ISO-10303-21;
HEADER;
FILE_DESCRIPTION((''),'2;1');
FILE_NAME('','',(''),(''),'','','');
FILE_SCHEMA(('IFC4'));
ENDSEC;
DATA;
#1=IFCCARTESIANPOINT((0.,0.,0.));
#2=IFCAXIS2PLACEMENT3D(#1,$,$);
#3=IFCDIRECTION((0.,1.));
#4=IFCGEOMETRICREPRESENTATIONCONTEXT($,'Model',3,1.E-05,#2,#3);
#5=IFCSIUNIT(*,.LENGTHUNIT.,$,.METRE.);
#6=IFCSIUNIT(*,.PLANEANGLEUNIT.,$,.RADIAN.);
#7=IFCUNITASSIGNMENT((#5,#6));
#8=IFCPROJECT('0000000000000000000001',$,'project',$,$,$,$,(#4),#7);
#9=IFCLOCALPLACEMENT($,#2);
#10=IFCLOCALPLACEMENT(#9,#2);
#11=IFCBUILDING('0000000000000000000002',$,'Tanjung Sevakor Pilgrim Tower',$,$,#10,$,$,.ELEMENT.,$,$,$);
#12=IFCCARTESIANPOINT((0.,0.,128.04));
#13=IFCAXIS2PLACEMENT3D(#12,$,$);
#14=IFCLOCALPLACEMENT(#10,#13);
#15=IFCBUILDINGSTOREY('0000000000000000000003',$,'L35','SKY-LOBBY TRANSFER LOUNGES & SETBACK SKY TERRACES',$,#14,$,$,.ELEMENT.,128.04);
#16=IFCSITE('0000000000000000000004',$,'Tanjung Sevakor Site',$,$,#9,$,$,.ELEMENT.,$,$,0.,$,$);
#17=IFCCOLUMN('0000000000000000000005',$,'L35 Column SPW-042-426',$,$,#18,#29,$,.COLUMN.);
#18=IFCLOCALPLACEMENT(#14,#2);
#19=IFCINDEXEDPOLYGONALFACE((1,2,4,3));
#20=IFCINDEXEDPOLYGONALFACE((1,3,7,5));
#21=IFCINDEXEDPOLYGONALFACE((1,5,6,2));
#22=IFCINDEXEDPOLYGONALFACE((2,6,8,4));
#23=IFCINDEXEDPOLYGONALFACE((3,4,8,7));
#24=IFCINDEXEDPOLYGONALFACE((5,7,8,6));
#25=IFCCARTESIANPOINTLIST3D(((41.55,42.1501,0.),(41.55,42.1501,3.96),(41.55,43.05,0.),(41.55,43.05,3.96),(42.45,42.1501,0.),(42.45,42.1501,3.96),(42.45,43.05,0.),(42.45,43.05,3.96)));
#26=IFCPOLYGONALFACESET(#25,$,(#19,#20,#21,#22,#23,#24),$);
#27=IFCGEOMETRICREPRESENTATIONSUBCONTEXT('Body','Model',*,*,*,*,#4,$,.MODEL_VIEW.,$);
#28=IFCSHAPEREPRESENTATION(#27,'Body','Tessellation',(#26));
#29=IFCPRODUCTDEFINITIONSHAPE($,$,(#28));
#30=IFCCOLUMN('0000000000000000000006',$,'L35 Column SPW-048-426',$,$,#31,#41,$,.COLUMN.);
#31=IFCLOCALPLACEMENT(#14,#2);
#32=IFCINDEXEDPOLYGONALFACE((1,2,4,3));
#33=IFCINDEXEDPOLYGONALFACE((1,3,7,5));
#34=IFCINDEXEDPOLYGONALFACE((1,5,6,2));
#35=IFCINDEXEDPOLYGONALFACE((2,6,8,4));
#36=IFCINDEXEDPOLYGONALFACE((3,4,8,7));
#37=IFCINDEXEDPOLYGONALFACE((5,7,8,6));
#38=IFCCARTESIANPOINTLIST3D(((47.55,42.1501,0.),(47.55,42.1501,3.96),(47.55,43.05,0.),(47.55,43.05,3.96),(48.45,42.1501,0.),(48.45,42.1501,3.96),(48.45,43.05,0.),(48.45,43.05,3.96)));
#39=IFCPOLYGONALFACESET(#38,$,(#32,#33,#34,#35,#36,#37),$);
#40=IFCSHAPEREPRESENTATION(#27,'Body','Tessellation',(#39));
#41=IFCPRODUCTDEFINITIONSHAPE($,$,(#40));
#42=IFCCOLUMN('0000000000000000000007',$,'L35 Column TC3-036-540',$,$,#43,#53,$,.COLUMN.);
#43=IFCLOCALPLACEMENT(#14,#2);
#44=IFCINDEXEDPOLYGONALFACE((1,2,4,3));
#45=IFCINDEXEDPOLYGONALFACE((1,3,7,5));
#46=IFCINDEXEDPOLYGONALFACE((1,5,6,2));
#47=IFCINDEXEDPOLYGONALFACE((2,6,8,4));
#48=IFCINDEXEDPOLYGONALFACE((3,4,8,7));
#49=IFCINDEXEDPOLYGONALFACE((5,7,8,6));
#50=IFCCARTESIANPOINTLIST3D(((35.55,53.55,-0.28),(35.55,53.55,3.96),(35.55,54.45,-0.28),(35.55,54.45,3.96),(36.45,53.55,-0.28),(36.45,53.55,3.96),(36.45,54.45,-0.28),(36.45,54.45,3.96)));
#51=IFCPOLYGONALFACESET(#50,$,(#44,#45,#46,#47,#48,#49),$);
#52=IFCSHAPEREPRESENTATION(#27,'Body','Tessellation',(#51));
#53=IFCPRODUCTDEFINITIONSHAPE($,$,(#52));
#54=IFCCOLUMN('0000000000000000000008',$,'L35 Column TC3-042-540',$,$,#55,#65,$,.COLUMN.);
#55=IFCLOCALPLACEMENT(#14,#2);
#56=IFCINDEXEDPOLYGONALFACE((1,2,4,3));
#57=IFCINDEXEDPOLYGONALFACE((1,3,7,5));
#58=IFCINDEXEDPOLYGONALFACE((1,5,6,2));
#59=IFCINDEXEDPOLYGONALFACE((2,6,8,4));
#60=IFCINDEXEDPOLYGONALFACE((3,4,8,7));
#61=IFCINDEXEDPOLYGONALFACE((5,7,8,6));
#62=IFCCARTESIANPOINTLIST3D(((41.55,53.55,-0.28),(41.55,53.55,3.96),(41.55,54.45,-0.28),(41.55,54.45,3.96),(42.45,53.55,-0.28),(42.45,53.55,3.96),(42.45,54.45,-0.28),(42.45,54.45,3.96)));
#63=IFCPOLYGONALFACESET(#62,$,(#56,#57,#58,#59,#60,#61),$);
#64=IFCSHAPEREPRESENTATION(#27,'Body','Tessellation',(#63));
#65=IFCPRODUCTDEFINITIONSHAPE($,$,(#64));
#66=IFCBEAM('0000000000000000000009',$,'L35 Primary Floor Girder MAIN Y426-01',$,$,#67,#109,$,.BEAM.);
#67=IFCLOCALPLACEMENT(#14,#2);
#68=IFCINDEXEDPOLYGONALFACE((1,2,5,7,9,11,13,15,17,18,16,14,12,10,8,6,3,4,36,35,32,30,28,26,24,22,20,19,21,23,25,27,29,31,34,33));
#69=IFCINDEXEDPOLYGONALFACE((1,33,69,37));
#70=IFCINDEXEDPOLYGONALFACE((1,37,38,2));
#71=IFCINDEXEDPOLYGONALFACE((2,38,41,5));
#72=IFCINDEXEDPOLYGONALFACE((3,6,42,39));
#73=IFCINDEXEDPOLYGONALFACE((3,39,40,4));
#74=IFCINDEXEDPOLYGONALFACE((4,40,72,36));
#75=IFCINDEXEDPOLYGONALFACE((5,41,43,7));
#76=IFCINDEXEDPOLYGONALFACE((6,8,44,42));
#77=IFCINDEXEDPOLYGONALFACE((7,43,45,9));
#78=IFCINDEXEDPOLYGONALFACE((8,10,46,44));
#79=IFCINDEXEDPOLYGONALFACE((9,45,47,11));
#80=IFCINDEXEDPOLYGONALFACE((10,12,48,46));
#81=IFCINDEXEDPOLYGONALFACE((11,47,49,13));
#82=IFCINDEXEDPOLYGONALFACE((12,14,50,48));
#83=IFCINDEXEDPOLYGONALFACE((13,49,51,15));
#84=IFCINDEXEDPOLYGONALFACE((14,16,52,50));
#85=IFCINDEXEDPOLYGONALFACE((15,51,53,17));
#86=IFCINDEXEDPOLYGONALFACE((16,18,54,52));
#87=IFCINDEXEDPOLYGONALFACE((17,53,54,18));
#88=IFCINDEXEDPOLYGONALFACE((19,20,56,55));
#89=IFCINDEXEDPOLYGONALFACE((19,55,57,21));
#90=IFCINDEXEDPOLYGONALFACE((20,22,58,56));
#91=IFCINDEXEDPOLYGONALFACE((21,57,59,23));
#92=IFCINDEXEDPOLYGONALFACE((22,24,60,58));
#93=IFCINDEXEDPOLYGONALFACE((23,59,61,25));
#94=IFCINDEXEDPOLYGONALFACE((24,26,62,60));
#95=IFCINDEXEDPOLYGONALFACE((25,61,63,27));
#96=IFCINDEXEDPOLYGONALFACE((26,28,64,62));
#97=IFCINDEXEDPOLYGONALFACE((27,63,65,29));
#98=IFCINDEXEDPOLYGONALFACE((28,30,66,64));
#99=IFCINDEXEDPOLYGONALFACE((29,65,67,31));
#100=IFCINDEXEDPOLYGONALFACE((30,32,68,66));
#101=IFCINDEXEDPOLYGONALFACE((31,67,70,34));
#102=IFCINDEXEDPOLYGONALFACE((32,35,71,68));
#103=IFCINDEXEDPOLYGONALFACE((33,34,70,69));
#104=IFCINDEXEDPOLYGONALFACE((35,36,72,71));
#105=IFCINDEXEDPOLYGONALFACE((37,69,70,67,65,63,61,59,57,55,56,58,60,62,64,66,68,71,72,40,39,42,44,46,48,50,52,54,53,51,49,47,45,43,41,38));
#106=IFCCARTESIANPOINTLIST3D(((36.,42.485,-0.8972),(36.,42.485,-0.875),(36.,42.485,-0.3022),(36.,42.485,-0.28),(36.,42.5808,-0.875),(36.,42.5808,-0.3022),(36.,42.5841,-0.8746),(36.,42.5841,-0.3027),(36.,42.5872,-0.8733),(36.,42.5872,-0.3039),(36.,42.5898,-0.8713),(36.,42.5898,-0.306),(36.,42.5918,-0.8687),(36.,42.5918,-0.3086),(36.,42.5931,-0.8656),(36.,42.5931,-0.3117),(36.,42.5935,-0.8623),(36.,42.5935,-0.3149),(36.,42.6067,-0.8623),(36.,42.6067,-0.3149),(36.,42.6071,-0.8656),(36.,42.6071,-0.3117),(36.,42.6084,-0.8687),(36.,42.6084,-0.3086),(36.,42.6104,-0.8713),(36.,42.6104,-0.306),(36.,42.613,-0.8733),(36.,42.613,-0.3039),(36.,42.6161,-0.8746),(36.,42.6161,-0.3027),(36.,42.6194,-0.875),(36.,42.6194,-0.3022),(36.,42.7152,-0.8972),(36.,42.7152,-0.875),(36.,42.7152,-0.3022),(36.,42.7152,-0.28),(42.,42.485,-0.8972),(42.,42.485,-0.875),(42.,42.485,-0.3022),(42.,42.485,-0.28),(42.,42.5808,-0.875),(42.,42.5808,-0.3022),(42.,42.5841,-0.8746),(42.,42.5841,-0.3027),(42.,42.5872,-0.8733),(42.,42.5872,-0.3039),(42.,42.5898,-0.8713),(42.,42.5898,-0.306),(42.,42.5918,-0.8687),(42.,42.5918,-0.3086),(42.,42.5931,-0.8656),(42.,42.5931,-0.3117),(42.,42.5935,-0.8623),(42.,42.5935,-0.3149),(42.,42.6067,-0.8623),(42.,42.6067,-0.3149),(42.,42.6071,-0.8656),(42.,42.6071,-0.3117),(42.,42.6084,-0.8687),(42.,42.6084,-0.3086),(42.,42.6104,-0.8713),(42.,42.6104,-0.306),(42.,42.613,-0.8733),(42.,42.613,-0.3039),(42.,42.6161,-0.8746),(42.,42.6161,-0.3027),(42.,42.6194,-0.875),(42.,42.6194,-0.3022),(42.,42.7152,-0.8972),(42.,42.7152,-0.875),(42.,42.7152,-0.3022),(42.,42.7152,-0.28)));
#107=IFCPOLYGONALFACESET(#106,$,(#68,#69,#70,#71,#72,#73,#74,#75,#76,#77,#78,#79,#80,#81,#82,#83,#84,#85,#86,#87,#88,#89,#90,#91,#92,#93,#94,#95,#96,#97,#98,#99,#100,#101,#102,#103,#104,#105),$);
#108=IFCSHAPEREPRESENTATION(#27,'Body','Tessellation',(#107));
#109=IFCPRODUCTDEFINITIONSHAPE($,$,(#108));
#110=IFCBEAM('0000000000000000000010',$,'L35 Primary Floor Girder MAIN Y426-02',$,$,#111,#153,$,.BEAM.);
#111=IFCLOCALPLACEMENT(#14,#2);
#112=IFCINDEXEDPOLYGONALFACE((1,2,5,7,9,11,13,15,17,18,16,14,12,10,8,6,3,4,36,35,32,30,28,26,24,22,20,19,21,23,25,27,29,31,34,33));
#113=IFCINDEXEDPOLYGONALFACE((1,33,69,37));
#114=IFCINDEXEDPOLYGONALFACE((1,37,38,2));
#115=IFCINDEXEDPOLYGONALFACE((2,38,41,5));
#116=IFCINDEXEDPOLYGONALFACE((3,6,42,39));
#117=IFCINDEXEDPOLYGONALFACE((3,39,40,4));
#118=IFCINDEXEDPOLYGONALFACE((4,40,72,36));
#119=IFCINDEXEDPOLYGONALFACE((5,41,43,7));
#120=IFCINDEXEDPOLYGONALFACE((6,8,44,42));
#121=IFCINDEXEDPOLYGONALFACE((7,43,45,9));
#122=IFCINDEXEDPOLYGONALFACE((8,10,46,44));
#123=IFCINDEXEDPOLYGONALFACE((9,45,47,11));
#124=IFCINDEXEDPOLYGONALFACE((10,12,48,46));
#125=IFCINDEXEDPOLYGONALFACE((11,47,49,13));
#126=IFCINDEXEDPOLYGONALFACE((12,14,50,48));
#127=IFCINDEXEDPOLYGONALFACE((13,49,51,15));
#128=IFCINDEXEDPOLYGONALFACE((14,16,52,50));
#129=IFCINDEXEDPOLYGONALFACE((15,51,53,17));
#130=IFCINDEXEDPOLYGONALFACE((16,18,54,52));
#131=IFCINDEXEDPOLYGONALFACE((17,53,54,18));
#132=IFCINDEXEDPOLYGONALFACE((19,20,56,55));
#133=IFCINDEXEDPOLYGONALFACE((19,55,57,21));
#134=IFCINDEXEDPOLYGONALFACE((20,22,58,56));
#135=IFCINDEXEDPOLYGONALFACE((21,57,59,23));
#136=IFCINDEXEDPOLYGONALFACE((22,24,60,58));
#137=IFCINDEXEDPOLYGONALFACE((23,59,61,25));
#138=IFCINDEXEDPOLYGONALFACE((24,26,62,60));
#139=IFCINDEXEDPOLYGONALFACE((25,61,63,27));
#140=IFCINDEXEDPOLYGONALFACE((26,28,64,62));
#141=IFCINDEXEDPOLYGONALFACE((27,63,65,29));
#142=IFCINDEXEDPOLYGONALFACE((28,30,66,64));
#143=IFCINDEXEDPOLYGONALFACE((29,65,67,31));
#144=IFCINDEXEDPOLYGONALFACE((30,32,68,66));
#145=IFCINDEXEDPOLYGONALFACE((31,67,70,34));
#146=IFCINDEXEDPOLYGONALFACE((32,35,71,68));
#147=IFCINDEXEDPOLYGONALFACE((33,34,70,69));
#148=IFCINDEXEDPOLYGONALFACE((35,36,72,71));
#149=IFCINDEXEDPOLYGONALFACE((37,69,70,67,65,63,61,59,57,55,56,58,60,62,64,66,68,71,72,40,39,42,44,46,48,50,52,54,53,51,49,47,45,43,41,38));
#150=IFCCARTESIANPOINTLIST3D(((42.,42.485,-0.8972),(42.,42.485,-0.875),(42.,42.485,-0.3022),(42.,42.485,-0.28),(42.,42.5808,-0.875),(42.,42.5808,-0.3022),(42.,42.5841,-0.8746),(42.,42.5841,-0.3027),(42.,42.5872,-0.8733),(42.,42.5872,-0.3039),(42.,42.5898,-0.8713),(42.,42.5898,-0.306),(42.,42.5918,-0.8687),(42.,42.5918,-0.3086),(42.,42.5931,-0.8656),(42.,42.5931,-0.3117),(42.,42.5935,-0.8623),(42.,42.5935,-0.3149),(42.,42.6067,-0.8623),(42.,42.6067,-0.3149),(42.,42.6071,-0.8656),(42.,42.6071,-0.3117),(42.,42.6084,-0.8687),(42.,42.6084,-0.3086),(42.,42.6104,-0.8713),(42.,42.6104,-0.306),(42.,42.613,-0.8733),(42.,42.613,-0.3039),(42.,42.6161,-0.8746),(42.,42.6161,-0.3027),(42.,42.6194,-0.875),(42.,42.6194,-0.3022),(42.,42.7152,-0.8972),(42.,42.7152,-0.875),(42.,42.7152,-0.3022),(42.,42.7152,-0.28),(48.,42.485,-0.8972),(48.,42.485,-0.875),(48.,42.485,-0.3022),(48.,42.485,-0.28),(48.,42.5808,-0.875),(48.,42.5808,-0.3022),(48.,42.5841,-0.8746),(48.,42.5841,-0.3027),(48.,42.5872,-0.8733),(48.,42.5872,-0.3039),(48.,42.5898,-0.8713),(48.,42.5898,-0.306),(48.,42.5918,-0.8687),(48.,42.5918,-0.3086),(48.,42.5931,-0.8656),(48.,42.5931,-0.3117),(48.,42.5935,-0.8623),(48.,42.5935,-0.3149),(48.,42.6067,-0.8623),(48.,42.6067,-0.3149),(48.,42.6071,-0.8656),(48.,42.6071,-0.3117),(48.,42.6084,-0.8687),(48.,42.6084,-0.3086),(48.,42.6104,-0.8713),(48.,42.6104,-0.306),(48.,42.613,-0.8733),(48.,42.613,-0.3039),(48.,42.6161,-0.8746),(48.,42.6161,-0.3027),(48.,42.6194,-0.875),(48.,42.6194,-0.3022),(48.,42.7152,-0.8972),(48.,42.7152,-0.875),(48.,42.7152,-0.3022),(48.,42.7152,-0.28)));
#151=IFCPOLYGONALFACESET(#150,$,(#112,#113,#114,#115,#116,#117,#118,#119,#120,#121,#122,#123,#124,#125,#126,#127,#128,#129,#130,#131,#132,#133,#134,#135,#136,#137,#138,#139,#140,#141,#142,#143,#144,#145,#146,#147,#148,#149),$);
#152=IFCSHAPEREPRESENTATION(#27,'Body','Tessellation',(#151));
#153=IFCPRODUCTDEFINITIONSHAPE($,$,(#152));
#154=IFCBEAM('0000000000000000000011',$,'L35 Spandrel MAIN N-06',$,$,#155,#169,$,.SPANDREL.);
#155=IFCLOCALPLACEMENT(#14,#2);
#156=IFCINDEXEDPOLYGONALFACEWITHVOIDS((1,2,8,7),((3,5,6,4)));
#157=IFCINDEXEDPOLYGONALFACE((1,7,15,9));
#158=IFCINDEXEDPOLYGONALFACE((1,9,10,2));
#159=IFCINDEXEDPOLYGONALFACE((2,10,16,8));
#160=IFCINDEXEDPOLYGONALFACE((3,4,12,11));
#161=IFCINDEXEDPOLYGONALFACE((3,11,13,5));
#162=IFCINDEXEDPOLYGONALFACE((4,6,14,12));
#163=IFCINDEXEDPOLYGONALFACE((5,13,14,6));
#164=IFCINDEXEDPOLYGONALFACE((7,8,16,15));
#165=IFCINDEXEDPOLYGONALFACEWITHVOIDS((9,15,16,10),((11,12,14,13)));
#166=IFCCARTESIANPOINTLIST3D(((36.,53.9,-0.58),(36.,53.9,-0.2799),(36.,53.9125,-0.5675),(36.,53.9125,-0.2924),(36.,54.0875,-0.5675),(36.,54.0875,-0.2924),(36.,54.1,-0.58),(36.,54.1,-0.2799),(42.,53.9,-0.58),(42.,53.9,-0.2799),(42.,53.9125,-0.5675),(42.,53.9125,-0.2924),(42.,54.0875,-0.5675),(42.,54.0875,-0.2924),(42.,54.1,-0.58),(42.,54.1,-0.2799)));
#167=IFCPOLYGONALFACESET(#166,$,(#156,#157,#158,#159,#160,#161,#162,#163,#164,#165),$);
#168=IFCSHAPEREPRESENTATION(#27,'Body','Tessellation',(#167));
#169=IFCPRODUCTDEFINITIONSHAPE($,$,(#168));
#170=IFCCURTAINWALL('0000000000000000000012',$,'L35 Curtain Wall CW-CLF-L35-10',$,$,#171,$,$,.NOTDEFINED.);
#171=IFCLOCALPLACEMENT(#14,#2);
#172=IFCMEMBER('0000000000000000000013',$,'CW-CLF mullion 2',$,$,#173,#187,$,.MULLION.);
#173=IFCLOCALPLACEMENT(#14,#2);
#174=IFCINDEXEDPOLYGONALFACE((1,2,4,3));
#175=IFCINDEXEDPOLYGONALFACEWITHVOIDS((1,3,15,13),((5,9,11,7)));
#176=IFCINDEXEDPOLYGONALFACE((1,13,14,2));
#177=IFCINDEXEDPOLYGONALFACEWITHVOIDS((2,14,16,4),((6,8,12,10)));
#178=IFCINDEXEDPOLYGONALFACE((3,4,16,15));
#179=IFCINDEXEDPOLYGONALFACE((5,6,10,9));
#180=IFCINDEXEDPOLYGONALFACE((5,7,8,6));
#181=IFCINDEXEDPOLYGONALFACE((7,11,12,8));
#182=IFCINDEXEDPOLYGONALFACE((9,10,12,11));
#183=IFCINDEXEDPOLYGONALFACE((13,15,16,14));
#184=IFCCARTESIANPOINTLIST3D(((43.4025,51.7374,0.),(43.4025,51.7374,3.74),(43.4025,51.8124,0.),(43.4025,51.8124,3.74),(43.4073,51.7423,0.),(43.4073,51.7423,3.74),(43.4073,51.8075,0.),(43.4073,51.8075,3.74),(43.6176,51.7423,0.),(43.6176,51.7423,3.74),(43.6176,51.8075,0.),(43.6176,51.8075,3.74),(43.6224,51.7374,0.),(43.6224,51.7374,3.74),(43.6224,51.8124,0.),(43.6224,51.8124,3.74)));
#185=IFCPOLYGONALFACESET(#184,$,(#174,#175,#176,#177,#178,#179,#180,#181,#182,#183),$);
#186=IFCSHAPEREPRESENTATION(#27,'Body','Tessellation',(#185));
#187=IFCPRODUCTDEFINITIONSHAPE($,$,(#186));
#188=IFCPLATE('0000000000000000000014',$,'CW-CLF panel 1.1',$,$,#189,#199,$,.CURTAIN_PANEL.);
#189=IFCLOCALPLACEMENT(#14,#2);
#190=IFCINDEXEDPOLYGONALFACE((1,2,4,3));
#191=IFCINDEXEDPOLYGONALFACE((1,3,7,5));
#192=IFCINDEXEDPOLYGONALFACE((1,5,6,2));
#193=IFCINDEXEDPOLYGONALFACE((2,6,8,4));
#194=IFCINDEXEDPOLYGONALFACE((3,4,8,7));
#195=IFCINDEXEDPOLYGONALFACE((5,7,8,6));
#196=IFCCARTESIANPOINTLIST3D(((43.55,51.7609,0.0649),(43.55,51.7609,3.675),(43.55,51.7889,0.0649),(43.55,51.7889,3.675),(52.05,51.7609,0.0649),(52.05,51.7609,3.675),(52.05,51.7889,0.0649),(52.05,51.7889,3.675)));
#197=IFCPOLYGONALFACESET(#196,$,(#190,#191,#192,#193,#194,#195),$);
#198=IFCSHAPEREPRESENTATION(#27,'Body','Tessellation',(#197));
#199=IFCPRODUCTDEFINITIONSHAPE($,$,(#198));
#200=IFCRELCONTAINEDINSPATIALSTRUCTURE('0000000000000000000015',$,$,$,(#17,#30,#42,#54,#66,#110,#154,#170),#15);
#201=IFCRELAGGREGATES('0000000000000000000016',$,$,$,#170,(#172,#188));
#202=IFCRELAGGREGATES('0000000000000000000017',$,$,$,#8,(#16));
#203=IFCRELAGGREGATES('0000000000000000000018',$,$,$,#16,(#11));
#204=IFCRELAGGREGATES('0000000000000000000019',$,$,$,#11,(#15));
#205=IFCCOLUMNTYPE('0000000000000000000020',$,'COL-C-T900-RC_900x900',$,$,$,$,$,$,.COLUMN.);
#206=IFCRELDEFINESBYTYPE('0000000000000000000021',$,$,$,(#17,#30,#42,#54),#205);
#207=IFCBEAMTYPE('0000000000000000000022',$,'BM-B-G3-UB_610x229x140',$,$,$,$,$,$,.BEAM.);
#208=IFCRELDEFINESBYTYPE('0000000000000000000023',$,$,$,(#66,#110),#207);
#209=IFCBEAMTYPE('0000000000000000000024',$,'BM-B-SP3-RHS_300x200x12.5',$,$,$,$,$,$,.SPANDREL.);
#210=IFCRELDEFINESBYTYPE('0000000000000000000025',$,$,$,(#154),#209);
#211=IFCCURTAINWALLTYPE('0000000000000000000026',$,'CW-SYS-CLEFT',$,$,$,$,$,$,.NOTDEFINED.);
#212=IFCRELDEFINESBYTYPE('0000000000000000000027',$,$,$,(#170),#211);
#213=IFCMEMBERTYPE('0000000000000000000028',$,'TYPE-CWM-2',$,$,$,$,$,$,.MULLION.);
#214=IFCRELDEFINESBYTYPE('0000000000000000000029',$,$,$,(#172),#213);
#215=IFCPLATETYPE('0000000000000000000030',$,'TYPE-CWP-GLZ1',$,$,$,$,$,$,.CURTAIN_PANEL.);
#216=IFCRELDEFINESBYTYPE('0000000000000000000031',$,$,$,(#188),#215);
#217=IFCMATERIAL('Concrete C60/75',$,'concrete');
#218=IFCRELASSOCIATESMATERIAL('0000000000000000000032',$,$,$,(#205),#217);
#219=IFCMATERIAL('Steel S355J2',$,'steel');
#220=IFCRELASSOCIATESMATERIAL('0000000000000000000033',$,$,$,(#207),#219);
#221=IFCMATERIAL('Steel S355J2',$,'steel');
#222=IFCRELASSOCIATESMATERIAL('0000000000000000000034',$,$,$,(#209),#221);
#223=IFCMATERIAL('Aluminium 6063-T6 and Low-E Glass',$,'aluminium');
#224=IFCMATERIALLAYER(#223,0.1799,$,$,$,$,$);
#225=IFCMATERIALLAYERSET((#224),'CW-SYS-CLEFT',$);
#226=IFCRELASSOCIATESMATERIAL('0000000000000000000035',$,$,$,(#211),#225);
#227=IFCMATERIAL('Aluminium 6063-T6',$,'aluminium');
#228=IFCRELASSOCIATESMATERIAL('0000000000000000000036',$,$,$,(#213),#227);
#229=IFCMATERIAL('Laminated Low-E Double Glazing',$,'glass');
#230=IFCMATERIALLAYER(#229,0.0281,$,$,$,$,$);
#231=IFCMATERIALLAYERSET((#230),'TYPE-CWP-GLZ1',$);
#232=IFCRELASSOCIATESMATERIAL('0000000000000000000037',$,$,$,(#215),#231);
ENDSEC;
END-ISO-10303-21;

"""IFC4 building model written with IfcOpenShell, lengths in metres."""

from ifc_helpers import new_model, si_unit, direction, frame, origin, origin_2d, place, context, subcontext, project, spatial, rectangle, hollow_rectangle, i_section, extrude, material, layer, layer_set, material_profile, profile_set, type_object, element, aggregate, save


model = new_model("IFC4")

# Units and contexts
model_context = context("Model", 3, precision=1e-05, world=origin(), true_north=direction((0.0, 1.0)))
body_context = subcontext(model_context, "Body", "Model", "MODEL_VIEW")
ifc_project = project(units=[si_unit("LENGTHUNIT", "METRE"), si_unit("PLANEANGLEUNIT", "RADIAN")], contexts=[model_context])

# Site, building, storey
site_placement = place(None, origin())
site = spatial("IfcSite", under=ifc_project, at=site_placement, Name="Tanjung Sevakor Site", CompositionType="ELEMENT", RefElevation=0.0)
building_placement = place(site_placement, origin())
building = spatial("IfcBuilding", under=site, at=building_placement, Name="Tanjung Sevakor Pilgrim Tower", CompositionType="ELEMENT")
storey_placement = place(building_placement, frame((0.0, 0.0, 128.04)))
storey = spatial("IfcBuildingStorey", under=building, at=storey_placement, Name="L35", Description="SKY-LOBBY TRANSFER LOUNGES & SETBACK SKY TERRACES", CompositionType="ELEMENT", Elevation=128.04)

# Columns
ifc_material_1 = material(Name="Concrete C60/75", Category="concrete")
ifc_material_profile_1 = material_profile(ifc_material_1, rectangle(XDim=0.8999, YDim=0.8999, at=origin_2d()))
ifc_profile_set_1 = profile_set([ifc_material_profile_1], Name="Concrete C60/75")
column_type = type_object("IfcColumnType", Name="COL-C-T900-RC_900x900", PredefinedType="COLUMN", material=ifc_profile_set_1)
for number, where, z_axis, x_axis, name in (
    (1, (42.0, 42.6001, 0.0), (0.0, 0.0, 1.0), (1.0, 0.0, 0.0), "L35 Column SPW-042-426"),
    (2, (48.0, 42.6001, 0.0), (0.0, 0.0, 1.0), (1.0, 0.0, 0.0), "L35 Column SPW-048-426"),
):
    element("IfcColumn", number, at=place(storey_placement, frame(where, z_axis=z_axis, x_axis=x_axis)), inside=storey, type_object=column_type, Name=name, PredefinedType="COLUMN", context=body_context, shape_type="SweptSolid", body=[
        extrude(rectangle(XDim=0.8999, YDim=0.8999, at=origin_2d()), origin(), (0.0, 0.0, 1.0), 3.96),
    ])
for number, where, z_axis, x_axis, name in (
    (3, (36.0, 54.0, -0.28), (0.0, 0.0, 1.0), (1.0, 0.0, 0.0), "L35 Column TC3-036-540"),
    (4, (42.0, 54.0, -0.28), (0.0, 0.0, 1.0), (1.0, 0.0, 0.0), "L35 Column TC3-042-540"),
):
    element("IfcColumn", number, at=place(storey_placement, frame(where, z_axis=z_axis, x_axis=x_axis)), inside=storey, type_object=column_type, Name=name, PredefinedType="COLUMN", context=body_context, shape_type="SweptSolid", body=[
        extrude(rectangle(XDim=0.8999, YDim=0.8999, at=origin_2d()), origin(), (0.0, 0.0, 1.0), 4.24),
    ])

# Beams
ifc_material_2 = material(Name="Steel S355J2", Category="steel")
ifc_material_profile_2 = material_profile(ifc_material_2, i_section(OverallWidth=0.2302, OverallDepth=0.6172, WebThickness=0.0132, FlangeThickness=0.0222, FilletRadius=0.0127, at=origin_2d()))
ifc_profile_set_2 = profile_set([ifc_material_profile_2], Name="Steel S355J2")
beam_type_1 = type_object("IfcBeamType", Name="BM-B-G3-UB_610x229x140", PredefinedType="BEAM", material=ifc_profile_set_2)
for number, where, z_axis, x_axis, name in (
    (5, (36.0, 42.6001, -0.5886), (1.0, 0.0, 0.0), (0.0, 1.0, 0.0), "L35 Primary Floor Girder MAIN Y426-01"),
    (6, (42.0, 42.6001, -0.5886), (1.0, 0.0, 0.0), (0.0, 1.0, 0.0), "L35 Primary Floor Girder MAIN Y426-02"),
):
    element("IfcBeam", number, at=place(storey_placement, frame(where, z_axis=z_axis, x_axis=x_axis)), inside=storey, type_object=beam_type_1, Name=name, PredefinedType="BEAM", context=body_context, shape_type="SweptSolid", body=[
        extrude(i_section(OverallWidth=0.2302, OverallDepth=0.6172, WebThickness=0.0132, FlangeThickness=0.0222, FilletRadius=0.0127, at=origin_2d()), origin(), (0.0, 0.0, 1.0), 6.0),
    ])
ifc_material_3 = material(Name="Steel S355J2", Category="steel")
ifc_material_profile_3 = material_profile(ifc_material_3, hollow_rectangle(XDim=0.2, YDim=0.3, WallThickness=0.0125, at=origin_2d()))
ifc_profile_set_3 = profile_set([ifc_material_profile_3], Name="Steel S355J2")
beam_type_2 = type_object("IfcBeamType", Name="BM-B-SP3-RHS_300x200x12.5", PredefinedType="SPANDREL", material=ifc_profile_set_3)
beam_placement = place(storey_placement, frame((36.0, 54.0, -0.4299), z_axis=(1.0, 0.0, 0.0), x_axis=(0.0, 1.0, 0.0)))
element("IfcBeam", 7, at=beam_placement, inside=storey, type_object=beam_type_2, Name="L35 Spandrel MAIN N-06", PredefinedType="SPANDREL", context=body_context, shape_type="SweptSolid", body=[
    extrude(hollow_rectangle(XDim=0.2, YDim=0.3, WallThickness=0.0125, at=origin_2d()), origin(), (0.0, 0.0, 1.0), 6.0),
])

# Curtain wall, member, plate
ifc_material_4 = material(Name="Aluminium 6063-T6 and Low-E Glass", Category="aluminium")
ifc_layer_1 = layer(ifc_material_4, 0.1799)
ifc_layer_set_1 = layer_set([ifc_layer_1], Name="CW-SYS-CLEFT")
curtain_wall_type = type_object("IfcCurtainWallType", Name="CW-SYS-CLEFT", PredefinedType="NOTDEFINED", material=ifc_layer_set_1)
curtain_wall_placement = place(storey_placement, origin())
curtain_wall = element("IfcCurtainWall", 8, at=curtain_wall_placement, inside=storey, type_object=curtain_wall_type, Name="L35 Curtain Wall CW-CLF-L35-10", PredefinedType="NOTDEFINED")
ifc_material_5 = material(Name="Aluminium 6063-T6", Category="aluminium")
ifc_material_profile_4 = material_profile(ifc_material_5, hollow_rectangle(XDim=0.075, YDim=0.22, WallThickness=0.0049, at=origin_2d()))
ifc_profile_set_4 = profile_set([ifc_material_profile_4], Name="Aluminium 6063-T6")
member_type = type_object("IfcMemberType", Name="TYPE-CWM-2", PredefinedType="MULLION", material=ifc_profile_set_4)
member_placement = place(storey_placement, frame((43.5125, 51.7749, 0.0), z_axis=(0.0, 0.0, 1.0), x_axis=(0.0, -1.0, 0.0)))
member = element("IfcMember", 9, at=member_placement, type_object=member_type, Name="CW-CLF mullion 2", PredefinedType="MULLION", context=body_context, shape_type="SweptSolid", body=[
    extrude(hollow_rectangle(XDim=0.075, YDim=0.22, WallThickness=0.0049, at=origin_2d()), origin(), (0.0, 0.0, 1.0), 3.74),
])
ifc_material_6 = material(Name="Laminated Low-E Double Glazing", Category="glass")
ifc_layer_2 = layer(ifc_material_6, 0.0281)
ifc_layer_set_2 = layer_set([ifc_layer_2], Name="TYPE-CWP-GLZ1")
plate_type = type_object("IfcPlateType", Name="TYPE-CWP-GLZ1", PredefinedType="CURTAIN_PANEL", material=ifc_layer_set_2)
plate_placement = place(storey_placement, frame((47.8, 51.7749, 0.0649), z_axis=(0.0, 0.0, 1.0), x_axis=(-1.0, 0.0, 0.0)))
plate = element("IfcPlate", 10, at=plate_placement, type_object=plate_type, Name="CW-CLF panel 1.1", PredefinedType="CURTAIN_PANEL", context=body_context, shape_type="SweptSolid", body=[
    extrude(rectangle(XDim=8.5, YDim=0.0281, at=origin_2d()), origin(), (0.0, 0.0, 1.0), 3.6101),
])
aggregate(curtain_wall, [member, plate])

save(model, "model.ifc")
